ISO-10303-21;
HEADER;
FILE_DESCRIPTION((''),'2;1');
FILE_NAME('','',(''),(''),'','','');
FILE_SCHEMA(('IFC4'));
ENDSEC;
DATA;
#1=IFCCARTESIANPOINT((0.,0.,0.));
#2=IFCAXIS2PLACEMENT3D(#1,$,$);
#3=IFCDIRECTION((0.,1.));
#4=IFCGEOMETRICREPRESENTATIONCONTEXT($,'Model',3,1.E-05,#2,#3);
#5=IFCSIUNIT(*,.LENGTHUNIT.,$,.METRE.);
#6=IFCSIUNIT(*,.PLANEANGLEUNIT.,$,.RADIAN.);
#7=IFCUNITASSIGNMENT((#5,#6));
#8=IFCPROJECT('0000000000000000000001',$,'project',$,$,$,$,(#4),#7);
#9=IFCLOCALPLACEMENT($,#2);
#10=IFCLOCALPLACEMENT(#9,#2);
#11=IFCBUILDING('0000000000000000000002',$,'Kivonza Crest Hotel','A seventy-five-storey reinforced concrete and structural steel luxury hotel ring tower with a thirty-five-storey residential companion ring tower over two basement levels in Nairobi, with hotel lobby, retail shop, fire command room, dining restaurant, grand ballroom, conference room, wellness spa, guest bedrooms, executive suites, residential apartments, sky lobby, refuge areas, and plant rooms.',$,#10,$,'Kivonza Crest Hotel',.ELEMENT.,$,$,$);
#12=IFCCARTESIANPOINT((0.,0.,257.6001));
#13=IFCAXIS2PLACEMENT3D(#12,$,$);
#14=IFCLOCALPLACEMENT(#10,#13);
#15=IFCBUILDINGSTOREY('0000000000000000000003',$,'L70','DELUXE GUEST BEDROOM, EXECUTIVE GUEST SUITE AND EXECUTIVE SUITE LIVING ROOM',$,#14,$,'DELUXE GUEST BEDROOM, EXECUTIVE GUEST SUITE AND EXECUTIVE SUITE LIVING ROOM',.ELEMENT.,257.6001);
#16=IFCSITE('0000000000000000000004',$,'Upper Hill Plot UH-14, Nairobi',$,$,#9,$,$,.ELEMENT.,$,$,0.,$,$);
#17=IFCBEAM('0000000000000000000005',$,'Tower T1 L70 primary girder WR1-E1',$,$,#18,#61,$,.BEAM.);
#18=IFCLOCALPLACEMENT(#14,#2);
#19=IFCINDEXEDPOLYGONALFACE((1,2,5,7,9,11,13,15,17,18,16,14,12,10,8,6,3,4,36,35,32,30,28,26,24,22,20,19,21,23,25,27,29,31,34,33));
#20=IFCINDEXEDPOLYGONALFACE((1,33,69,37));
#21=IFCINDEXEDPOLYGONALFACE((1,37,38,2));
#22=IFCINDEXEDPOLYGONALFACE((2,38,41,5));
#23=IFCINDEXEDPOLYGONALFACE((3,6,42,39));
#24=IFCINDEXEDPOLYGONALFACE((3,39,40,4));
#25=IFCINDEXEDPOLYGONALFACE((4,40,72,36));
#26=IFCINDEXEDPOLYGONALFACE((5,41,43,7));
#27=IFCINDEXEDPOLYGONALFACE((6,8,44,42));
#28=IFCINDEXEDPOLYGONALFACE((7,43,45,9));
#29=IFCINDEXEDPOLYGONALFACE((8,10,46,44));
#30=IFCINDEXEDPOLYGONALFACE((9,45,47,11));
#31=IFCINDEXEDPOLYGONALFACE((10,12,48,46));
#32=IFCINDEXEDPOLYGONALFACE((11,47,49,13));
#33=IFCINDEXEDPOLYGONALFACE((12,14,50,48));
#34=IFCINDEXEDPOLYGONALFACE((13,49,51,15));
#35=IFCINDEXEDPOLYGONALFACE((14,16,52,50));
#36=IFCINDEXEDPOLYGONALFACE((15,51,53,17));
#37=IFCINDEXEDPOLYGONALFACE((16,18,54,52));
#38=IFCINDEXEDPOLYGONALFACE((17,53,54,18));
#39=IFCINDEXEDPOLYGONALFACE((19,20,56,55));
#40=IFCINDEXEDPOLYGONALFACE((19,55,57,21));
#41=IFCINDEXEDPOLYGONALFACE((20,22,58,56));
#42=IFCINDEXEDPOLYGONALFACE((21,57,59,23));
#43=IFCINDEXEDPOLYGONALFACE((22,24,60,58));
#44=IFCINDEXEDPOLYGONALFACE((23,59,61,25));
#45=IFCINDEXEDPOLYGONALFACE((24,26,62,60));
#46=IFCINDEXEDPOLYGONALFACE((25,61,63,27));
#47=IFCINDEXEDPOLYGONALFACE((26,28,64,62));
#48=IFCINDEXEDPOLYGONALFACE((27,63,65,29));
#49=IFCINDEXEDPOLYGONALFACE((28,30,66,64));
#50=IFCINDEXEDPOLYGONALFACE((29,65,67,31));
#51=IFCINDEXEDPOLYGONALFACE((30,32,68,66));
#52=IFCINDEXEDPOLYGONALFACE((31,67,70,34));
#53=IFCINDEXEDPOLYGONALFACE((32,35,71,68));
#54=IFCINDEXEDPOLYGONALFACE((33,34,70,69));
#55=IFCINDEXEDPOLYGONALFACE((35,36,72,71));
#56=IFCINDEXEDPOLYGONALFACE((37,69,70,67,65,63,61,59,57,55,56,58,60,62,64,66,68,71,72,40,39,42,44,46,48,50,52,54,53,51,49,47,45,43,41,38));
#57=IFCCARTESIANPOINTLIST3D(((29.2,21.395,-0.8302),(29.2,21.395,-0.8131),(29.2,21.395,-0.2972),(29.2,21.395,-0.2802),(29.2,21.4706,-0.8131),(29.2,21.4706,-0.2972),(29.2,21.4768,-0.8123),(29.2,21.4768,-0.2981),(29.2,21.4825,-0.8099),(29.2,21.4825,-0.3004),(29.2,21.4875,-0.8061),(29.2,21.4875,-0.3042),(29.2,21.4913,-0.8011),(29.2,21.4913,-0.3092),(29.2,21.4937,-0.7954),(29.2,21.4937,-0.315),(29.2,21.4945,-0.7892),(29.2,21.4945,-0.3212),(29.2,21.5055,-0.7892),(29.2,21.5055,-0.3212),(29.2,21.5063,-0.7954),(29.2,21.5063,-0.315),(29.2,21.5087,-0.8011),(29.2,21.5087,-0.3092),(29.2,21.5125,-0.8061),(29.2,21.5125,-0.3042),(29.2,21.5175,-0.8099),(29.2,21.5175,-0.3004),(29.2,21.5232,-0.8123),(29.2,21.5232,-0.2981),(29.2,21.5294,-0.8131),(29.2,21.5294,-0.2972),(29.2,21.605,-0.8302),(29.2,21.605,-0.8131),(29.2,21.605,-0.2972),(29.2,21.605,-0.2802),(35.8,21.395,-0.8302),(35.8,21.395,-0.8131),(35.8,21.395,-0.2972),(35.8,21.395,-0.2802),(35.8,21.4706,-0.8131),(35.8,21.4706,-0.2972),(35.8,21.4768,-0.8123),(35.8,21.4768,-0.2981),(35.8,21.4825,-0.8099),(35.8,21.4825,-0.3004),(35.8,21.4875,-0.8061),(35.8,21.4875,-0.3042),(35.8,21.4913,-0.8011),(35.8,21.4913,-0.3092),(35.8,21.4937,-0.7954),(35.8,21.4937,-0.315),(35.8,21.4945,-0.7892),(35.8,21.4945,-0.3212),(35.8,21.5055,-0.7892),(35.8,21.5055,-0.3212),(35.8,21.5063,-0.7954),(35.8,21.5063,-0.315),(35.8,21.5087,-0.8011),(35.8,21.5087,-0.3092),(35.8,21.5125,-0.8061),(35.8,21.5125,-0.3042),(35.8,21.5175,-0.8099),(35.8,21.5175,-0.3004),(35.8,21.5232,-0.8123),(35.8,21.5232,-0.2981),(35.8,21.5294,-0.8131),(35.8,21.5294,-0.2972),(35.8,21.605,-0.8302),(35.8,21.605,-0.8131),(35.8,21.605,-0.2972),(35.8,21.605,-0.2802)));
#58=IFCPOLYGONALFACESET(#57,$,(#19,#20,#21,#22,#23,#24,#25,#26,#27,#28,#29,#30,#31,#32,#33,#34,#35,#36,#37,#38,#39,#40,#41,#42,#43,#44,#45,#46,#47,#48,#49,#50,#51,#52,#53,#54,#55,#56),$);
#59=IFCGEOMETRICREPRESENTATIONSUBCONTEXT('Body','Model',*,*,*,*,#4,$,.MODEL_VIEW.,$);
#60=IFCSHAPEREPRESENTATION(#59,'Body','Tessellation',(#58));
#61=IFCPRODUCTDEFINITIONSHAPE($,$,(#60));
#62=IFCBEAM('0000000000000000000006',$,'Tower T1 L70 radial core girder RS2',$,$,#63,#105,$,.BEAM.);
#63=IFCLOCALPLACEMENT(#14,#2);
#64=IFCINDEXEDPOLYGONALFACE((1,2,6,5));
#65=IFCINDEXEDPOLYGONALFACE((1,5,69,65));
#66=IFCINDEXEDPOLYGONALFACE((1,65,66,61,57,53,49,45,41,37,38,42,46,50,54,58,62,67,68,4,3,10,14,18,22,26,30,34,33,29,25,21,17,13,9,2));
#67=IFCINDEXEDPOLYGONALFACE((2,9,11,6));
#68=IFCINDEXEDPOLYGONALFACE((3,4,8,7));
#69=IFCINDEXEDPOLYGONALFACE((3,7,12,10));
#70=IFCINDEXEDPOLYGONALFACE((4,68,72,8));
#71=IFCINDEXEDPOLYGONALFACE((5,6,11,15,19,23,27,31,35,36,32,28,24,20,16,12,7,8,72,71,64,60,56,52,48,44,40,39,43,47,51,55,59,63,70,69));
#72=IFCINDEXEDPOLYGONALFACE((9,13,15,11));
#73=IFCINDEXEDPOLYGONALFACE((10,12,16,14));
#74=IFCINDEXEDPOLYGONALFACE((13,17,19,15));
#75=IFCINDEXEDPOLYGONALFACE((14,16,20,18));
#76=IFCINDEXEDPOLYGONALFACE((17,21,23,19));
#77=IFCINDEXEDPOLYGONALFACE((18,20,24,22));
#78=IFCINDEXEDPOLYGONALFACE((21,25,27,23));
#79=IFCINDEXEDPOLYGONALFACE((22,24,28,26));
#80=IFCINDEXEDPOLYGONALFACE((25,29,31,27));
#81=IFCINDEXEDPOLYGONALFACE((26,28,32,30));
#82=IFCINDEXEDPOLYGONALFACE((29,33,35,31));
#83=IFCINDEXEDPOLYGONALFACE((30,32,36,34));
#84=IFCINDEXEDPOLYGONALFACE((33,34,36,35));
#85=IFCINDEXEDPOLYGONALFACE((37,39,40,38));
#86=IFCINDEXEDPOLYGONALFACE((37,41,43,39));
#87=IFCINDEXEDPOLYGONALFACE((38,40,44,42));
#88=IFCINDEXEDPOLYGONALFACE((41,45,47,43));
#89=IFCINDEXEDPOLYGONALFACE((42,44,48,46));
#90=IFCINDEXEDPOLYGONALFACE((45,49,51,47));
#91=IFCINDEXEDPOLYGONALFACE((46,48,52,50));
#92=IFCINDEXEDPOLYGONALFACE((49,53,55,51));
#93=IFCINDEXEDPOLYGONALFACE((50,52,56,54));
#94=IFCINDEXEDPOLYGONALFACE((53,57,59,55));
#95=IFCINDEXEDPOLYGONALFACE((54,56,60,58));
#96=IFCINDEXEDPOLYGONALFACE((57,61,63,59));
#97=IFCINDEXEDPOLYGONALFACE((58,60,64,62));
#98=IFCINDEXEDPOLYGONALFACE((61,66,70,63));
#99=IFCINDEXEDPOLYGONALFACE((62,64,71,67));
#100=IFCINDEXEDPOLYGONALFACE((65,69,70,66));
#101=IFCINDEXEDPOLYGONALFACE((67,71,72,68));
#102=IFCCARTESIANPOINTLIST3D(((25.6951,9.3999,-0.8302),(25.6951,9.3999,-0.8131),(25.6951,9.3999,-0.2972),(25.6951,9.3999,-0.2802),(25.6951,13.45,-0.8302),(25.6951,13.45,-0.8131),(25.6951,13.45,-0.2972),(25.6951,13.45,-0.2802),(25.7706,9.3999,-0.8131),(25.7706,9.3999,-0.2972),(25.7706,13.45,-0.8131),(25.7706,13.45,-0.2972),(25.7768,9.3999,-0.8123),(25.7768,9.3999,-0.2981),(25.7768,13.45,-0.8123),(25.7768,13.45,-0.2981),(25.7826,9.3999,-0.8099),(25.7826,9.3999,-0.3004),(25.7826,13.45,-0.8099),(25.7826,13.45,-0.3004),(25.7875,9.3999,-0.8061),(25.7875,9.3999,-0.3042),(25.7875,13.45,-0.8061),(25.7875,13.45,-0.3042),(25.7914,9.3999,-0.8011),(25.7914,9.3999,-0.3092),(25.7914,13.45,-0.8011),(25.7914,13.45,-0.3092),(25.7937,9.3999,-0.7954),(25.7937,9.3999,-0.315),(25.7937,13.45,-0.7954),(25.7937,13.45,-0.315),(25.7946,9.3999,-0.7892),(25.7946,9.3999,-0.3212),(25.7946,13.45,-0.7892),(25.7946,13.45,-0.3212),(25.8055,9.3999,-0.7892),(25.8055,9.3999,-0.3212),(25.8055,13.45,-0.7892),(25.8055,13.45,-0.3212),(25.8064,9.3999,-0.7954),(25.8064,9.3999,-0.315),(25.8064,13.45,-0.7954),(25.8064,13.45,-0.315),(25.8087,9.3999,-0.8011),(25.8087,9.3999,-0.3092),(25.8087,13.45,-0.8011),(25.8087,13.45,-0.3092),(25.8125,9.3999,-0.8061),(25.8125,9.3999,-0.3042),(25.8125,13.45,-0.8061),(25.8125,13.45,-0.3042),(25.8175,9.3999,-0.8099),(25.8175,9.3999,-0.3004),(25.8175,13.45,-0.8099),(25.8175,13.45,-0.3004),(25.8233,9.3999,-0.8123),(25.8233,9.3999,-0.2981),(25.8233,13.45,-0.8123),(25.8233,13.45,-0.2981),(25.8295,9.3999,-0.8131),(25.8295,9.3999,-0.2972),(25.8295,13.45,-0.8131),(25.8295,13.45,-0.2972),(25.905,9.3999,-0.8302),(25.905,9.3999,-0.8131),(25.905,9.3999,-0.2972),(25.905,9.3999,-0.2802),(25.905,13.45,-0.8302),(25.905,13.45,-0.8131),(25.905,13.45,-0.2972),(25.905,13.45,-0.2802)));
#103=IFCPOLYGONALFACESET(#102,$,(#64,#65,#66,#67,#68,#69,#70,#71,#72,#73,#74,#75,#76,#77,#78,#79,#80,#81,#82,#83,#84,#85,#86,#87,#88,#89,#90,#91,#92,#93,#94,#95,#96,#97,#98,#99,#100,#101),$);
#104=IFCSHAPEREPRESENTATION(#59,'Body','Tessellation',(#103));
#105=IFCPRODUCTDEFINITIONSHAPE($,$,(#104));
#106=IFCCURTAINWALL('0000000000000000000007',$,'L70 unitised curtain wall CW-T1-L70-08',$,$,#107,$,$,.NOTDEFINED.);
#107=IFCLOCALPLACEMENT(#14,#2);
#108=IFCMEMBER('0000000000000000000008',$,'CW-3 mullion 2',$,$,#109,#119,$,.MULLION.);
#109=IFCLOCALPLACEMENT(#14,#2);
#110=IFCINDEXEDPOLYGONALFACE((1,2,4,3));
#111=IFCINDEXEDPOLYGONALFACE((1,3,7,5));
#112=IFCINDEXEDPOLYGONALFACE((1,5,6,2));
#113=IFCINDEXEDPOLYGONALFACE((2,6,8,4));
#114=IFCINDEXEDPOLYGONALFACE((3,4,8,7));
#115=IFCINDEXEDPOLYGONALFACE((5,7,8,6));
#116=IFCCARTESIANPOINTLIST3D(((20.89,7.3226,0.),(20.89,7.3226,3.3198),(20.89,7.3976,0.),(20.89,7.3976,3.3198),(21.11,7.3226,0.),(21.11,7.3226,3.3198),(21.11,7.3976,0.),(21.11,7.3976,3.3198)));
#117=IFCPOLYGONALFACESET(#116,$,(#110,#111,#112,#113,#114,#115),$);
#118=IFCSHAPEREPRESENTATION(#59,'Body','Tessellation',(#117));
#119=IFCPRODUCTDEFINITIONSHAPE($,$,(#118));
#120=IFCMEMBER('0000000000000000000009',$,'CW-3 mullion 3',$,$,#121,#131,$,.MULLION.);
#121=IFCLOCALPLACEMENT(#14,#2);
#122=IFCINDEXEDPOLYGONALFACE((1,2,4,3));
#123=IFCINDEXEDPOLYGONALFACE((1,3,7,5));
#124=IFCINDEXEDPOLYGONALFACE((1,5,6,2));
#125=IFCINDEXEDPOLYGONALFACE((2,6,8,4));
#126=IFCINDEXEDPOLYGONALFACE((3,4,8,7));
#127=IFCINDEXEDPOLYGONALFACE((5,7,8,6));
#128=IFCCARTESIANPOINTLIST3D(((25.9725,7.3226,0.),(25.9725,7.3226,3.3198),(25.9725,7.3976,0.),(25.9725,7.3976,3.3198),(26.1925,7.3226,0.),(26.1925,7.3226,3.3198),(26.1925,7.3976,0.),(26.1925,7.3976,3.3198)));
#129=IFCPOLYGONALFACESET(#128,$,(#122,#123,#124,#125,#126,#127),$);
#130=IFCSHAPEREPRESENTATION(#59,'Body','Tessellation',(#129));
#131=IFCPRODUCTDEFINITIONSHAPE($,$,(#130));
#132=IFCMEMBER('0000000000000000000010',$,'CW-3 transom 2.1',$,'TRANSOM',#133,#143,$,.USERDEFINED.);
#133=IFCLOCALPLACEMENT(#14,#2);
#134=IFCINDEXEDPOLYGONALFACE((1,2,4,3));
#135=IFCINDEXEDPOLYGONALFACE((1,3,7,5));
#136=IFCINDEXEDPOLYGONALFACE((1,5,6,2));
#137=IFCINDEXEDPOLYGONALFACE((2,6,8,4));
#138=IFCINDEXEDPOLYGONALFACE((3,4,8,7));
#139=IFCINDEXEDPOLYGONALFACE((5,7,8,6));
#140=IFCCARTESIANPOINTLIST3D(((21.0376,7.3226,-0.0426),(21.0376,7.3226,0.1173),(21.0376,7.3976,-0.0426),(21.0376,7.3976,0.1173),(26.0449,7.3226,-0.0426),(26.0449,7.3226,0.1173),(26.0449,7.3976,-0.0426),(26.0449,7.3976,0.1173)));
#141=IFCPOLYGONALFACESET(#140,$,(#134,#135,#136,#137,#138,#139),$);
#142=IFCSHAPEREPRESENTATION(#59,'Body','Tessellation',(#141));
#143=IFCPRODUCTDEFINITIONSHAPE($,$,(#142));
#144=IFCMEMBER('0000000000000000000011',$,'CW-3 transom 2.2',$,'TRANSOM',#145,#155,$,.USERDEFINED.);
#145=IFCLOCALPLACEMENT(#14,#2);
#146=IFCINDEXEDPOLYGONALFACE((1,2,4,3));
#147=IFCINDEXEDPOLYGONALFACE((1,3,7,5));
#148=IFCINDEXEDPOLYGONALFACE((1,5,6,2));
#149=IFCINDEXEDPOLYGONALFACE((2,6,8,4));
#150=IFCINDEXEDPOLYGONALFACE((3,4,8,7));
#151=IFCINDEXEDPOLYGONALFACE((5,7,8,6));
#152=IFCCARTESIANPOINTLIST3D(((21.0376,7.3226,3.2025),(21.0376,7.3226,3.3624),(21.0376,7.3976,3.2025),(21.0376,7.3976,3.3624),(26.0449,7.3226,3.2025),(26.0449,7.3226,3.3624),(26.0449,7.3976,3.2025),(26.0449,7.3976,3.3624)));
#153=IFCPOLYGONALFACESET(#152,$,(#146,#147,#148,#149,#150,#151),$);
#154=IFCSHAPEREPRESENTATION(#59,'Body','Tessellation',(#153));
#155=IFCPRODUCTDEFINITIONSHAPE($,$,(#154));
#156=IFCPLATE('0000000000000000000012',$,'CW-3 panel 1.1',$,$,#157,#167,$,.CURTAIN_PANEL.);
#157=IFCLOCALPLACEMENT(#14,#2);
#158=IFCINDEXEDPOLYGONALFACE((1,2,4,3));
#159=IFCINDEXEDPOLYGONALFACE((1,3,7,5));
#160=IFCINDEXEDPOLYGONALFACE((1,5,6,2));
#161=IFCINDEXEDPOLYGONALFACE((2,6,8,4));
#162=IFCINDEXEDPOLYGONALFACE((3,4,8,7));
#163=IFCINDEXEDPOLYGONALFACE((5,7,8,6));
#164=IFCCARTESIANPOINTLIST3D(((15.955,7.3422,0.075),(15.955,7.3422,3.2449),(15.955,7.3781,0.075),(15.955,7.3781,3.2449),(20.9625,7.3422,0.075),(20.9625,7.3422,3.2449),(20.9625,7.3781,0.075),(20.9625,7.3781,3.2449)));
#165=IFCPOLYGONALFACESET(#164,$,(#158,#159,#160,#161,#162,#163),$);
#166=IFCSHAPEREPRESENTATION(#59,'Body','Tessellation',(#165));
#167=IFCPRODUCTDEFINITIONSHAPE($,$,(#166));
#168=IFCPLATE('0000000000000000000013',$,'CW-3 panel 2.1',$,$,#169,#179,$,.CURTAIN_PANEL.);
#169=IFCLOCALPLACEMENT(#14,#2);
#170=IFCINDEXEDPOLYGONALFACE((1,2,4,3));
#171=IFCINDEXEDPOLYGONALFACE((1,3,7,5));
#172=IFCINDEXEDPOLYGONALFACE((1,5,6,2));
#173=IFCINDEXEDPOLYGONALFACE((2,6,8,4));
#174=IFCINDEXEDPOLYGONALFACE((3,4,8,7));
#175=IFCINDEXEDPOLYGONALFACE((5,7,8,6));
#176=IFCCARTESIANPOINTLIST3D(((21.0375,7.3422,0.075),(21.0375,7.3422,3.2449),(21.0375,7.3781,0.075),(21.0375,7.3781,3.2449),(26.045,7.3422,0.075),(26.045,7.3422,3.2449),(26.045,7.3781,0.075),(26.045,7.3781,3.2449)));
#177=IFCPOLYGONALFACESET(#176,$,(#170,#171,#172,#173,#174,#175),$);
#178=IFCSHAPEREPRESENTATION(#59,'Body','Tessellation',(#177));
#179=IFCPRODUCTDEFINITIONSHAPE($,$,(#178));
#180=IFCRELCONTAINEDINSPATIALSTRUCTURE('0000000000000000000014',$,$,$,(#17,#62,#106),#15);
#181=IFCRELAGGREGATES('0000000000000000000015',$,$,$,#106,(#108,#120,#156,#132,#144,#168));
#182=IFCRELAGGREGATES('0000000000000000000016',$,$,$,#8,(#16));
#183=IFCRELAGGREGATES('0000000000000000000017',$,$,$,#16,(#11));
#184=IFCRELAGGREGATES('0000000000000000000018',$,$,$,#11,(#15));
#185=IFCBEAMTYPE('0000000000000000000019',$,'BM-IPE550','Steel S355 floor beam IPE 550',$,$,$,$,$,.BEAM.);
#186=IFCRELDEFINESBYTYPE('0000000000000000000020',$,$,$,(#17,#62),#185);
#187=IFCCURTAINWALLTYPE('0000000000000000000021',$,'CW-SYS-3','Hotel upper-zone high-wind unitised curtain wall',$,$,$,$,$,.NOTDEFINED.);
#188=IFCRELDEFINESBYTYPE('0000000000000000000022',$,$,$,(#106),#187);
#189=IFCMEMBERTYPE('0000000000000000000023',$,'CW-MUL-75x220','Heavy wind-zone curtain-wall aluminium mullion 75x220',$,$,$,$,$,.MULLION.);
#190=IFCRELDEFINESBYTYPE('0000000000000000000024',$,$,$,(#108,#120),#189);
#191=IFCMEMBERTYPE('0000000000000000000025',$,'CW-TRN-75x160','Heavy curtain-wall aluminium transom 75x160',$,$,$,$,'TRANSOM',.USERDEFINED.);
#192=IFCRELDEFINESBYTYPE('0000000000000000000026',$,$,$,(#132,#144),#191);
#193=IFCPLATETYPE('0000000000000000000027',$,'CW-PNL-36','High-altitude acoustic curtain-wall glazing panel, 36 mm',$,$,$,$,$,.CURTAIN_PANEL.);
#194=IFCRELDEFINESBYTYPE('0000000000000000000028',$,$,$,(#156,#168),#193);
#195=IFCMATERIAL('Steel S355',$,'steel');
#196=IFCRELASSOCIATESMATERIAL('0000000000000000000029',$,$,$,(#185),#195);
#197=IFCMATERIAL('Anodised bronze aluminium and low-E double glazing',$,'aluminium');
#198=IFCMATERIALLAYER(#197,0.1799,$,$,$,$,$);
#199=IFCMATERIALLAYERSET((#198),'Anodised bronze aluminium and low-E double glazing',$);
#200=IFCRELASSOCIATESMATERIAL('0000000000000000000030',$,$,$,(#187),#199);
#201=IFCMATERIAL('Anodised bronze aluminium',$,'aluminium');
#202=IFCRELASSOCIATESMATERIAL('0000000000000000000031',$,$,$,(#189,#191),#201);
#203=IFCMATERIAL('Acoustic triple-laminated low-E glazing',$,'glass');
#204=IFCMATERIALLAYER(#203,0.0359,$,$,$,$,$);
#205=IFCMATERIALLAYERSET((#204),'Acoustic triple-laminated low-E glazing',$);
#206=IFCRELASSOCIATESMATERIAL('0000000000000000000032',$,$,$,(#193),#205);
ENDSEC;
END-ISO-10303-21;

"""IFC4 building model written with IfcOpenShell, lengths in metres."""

from ifc_helpers import new_model, si_unit, direction, frame, origin, origin_2d, place, context, subcontext, project, spatial, rectangle, i_section, extrude, material, layer, layer_set, material_profile, profile_set, type_object, element, aggregate, save


model = new_model("IFC4")

# Units and contexts
model_context = context("Model", 3, precision=1e-05, world=origin(), true_north=direction((0.0, 1.0)))
body_context = subcontext(model_context, "Body", "Model", "MODEL_VIEW")
ifc_project = project(units=[si_unit("LENGTHUNIT", "METRE"), si_unit("PLANEANGLEUNIT", "RADIAN")], contexts=[model_context])

# Site, building, storey
site_placement = place(None, origin())
site = spatial("IfcSite", under=ifc_project, at=site_placement, Name="Upper Hill Plot UH-14, Nairobi", CompositionType="ELEMENT", RefElevation=0.0)
building_placement = place(site_placement, origin())
building = spatial("IfcBuilding", under=site, at=building_placement, Name="Kivonza Crest Hotel", Description="A seventy-five-storey reinforced concrete and structural steel luxury hotel ring tower with a thirty-five-storey residential companion ring tower over two basement levels in Nairobi, with hotel lobby, retail shop, fire command room, dining restaurant, grand ballroom, conference room, wellness spa, guest bedrooms, executive suites, residential apartments, sky lobby, refuge areas, and plant rooms.", LongName="Kivonza Crest Hotel", CompositionType="ELEMENT")
storey_placement = place(building_placement, frame((0.0, 0.0, 257.6001)))
storey = spatial("IfcBuildingStorey", under=building, at=storey_placement, Name="L70", Description="DELUXE GUEST BEDROOM, EXECUTIVE GUEST SUITE AND EXECUTIVE SUITE LIVING ROOM", LongName="DELUXE GUEST BEDROOM, EXECUTIVE GUEST SUITE AND EXECUTIVE SUITE LIVING ROOM", CompositionType="ELEMENT", Elevation=257.6001)

# Beams
ifc_material_1 = material(Name="Steel S355", Category="steel")
ifc_material_profile_1 = material_profile(ifc_material_1, i_section(OverallWidth=0.21, OverallDepth=0.55, WebThickness=0.011, FlangeThickness=0.0171, FilletRadius=0.0239, at=origin_2d()), Name="IPE 550")
ifc_profile_set_1 = profile_set([ifc_material_profile_1], Name="Steel S355")
beam_type_1 = type_object("IfcBeamType", Name="BM-IPE550", Description="Steel S355 floor beam IPE 550", PredefinedType="BEAM", material=ifc_profile_set_1)
beam_1_placement = place(storey_placement, frame((29.2, 21.5, -0.5552), z_axis=(1.0, 0.0, 0.0), x_axis=(0.0, 1.0, 0.0)))
element("IfcBeam", 1, at=beam_1_placement, inside=storey, type_object=beam_type_1, Name="Tower T1 L70 primary girder WR1-E1", PredefinedType="BEAM", context=body_context, shape_type="SweptSolid", body=[
    extrude(i_section(OverallWidth=0.21, OverallDepth=0.55, WebThickness=0.011, FlangeThickness=0.0171, FilletRadius=0.0239, at=origin_2d()), origin(), (0.0, 0.0, 1.0), 6.6001),
])
beam_2_placement = place(storey_placement, frame((25.8, 9.3999, -0.5552), z_axis=(0.0, 1.0, 0.0), x_axis=(-1.0, 0.0, 0.0)))
element("IfcBeam", 2, at=beam_2_placement, inside=storey, type_object=beam_type_1, Name="Tower T1 L70 radial core girder RS2", PredefinedType="BEAM", context=body_context, shape_type="SweptSolid", body=[
    extrude(i_section(OverallWidth=0.21, OverallDepth=0.55, WebThickness=0.011, FlangeThickness=0.0171, FilletRadius=0.0239, at=origin_2d()), origin(), (0.0, 0.0, 1.0), 4.05),
])

# Curtain wall, members, plates
ifc_material_2 = material(Name="Anodised bronze aluminium and low-E double glazing", Category="aluminium")
ifc_layer_1 = layer(ifc_material_2, 0.1799)
ifc_layer_set_1 = layer_set([ifc_layer_1], Name="Anodised bronze aluminium and low-E double glazing")
curtain_wall_type = type_object("IfcCurtainWallType", Name="CW-SYS-3", Description="Hotel upper-zone high-wind unitised curtain wall", PredefinedType="NOTDEFINED", material=ifc_layer_set_1)
curtain_wall_placement = place(storey_placement, origin())
curtain_wall = element("IfcCurtainWall", 3, at=curtain_wall_placement, inside=storey, type_object=curtain_wall_type, Name="L70 unitised curtain wall CW-T1-L70-08", PredefinedType="NOTDEFINED")
ifc_material_3 = material(Name="Anodised bronze aluminium", Category="aluminium")
ifc_material_profile_2 = material_profile(ifc_material_3, rectangle(XDim=0.075, YDim=0.22, at=origin_2d()), Name="CW-M 75x220")
ifc_profile_set_2 = profile_set([ifc_material_profile_2], Name="Anodised bronze aluminium")
member_type_1 = type_object("IfcMemberType", Name="CW-MUL-75x220", Description="Heavy wind-zone curtain-wall aluminium mullion 75x220", PredefinedType="MULLION", material=ifc_profile_set_2)
member_1_placement = place(storey_placement, frame((21.0, 7.3601, 0.0), z_axis=(0.0, 0.0, 1.0), x_axis=(0.0, 1.0, 0.0)))
member_1 = element("IfcMember", 4, at=member_1_placement, type_object=member_type_1, Name="CW-3 mullion 2", PredefinedType="MULLION", context=body_context, shape_type="SweptSolid", body=[
    extrude(rectangle(XDim=0.075, YDim=0.22, at=origin_2d()), origin(), (0.0, 0.0, 1.0), 3.3198),
])
member_2_placement = place(storey_placement, frame((26.0825, 7.3601, 0.0), z_axis=(0.0, 0.0, 1.0), x_axis=(0.0, 1.0, 0.0)))
member_2 = element("IfcMember", 5, at=member_2_placement, type_object=member_type_1, Name="CW-3 mullion 3", PredefinedType="MULLION", context=body_context, shape_type="SweptSolid", body=[
    extrude(rectangle(XDim=0.075, YDim=0.22, at=origin_2d()), origin(), (0.0, 0.0, 1.0), 3.3198),
])
ifc_material_profile_3 = material_profile(ifc_material_3, rectangle(XDim=0.075, YDim=0.1599, at=origin_2d()), Name="CW-T 75x160")
ifc_profile_set_3 = profile_set([ifc_material_profile_3], Name="Anodised bronze aluminium")
member_type_2 = type_object("IfcMemberType", Name="CW-TRN-75x160", Description="Heavy curtain-wall aluminium transom 75x160", ElementType="TRANSOM", PredefinedType="USERDEFINED", material=ifc_profile_set_3)
member_3_placement = place(storey_placement, frame((21.0376, 7.3601, 0.0374), z_axis=(1.0, 0.0, 0.0), x_axis=(0.0, 1.0, 0.0)))
member_3 = element("IfcMember", 6, at=member_3_placement, type_object=member_type_2, Name="CW-3 transom 2.1", ObjectType="TRANSOM", PredefinedType="USERDEFINED", context=body_context, shape_type="SweptSolid", body=[
    extrude(rectangle(XDim=0.075, YDim=0.1599, at=origin_2d()), origin(), (0.0, 0.0, 1.0), 5.0073),
])
member_4_placement = place(storey_placement, frame((21.0376, 7.3601, 3.2825), z_axis=(1.0, 0.0, 0.0), x_axis=(0.0, 1.0, 0.0)))
member_4 = element("IfcMember", 7, at=member_4_placement, type_object=member_type_2, Name="CW-3 transom 2.2", ObjectType="TRANSOM", PredefinedType="USERDEFINED", context=body_context, shape_type="SweptSolid", body=[
    extrude(rectangle(XDim=0.075, YDim=0.1599, at=origin_2d()), origin(), (0.0, 0.0, 1.0), 5.0073),
])
ifc_material_4 = material(Name="Acoustic triple-laminated low-E glazing", Category="glass")
ifc_layer_2 = layer(ifc_material_4, 0.0359)
ifc_layer_set_2 = layer_set([ifc_layer_2], Name="Acoustic triple-laminated low-E glazing")
plate_type = type_object("IfcPlateType", Name="CW-PNL-36", Description="High-altitude acoustic curtain-wall glazing panel, 36 mm", PredefinedType="CURTAIN_PANEL", material=ifc_layer_set_2)
plate_1_placement = place(storey_placement, frame((18.4587, 7.3601, 0.075), z_axis=(0.0, 0.0, 1.0), x_axis=(1.0, 0.0, 0.0)))
plate_1 = element("IfcPlate", 8, at=plate_1_placement, type_object=plate_type, Name="CW-3 panel 1.1", PredefinedType="CURTAIN_PANEL", context=body_context, shape_type="SweptSolid", body=[
    extrude(rectangle(XDim=5.0076, YDim=0.0359, at=origin_2d()), origin(), (0.0, 0.0, 1.0), 3.1699),
])
plate_2_placement = place(storey_placement, frame((23.5413, 7.3601, 0.075), z_axis=(0.0, 0.0, 1.0), x_axis=(1.0, 0.0, 0.0)))
plate_2 = element("IfcPlate", 9, at=plate_2_placement, type_object=plate_type, Name="CW-3 panel 2.1", PredefinedType="CURTAIN_PANEL", context=body_context, shape_type="SweptSolid", body=[
    extrude(rectangle(XDim=5.0076, YDim=0.0359, at=origin_2d()), origin(), (0.0, 0.0, 1.0), 3.1699),
])
aggregate(curtain_wall, [member_1, member_2, plate_1, member_3, member_4, plate_2])

save(model, "model.ifc")
